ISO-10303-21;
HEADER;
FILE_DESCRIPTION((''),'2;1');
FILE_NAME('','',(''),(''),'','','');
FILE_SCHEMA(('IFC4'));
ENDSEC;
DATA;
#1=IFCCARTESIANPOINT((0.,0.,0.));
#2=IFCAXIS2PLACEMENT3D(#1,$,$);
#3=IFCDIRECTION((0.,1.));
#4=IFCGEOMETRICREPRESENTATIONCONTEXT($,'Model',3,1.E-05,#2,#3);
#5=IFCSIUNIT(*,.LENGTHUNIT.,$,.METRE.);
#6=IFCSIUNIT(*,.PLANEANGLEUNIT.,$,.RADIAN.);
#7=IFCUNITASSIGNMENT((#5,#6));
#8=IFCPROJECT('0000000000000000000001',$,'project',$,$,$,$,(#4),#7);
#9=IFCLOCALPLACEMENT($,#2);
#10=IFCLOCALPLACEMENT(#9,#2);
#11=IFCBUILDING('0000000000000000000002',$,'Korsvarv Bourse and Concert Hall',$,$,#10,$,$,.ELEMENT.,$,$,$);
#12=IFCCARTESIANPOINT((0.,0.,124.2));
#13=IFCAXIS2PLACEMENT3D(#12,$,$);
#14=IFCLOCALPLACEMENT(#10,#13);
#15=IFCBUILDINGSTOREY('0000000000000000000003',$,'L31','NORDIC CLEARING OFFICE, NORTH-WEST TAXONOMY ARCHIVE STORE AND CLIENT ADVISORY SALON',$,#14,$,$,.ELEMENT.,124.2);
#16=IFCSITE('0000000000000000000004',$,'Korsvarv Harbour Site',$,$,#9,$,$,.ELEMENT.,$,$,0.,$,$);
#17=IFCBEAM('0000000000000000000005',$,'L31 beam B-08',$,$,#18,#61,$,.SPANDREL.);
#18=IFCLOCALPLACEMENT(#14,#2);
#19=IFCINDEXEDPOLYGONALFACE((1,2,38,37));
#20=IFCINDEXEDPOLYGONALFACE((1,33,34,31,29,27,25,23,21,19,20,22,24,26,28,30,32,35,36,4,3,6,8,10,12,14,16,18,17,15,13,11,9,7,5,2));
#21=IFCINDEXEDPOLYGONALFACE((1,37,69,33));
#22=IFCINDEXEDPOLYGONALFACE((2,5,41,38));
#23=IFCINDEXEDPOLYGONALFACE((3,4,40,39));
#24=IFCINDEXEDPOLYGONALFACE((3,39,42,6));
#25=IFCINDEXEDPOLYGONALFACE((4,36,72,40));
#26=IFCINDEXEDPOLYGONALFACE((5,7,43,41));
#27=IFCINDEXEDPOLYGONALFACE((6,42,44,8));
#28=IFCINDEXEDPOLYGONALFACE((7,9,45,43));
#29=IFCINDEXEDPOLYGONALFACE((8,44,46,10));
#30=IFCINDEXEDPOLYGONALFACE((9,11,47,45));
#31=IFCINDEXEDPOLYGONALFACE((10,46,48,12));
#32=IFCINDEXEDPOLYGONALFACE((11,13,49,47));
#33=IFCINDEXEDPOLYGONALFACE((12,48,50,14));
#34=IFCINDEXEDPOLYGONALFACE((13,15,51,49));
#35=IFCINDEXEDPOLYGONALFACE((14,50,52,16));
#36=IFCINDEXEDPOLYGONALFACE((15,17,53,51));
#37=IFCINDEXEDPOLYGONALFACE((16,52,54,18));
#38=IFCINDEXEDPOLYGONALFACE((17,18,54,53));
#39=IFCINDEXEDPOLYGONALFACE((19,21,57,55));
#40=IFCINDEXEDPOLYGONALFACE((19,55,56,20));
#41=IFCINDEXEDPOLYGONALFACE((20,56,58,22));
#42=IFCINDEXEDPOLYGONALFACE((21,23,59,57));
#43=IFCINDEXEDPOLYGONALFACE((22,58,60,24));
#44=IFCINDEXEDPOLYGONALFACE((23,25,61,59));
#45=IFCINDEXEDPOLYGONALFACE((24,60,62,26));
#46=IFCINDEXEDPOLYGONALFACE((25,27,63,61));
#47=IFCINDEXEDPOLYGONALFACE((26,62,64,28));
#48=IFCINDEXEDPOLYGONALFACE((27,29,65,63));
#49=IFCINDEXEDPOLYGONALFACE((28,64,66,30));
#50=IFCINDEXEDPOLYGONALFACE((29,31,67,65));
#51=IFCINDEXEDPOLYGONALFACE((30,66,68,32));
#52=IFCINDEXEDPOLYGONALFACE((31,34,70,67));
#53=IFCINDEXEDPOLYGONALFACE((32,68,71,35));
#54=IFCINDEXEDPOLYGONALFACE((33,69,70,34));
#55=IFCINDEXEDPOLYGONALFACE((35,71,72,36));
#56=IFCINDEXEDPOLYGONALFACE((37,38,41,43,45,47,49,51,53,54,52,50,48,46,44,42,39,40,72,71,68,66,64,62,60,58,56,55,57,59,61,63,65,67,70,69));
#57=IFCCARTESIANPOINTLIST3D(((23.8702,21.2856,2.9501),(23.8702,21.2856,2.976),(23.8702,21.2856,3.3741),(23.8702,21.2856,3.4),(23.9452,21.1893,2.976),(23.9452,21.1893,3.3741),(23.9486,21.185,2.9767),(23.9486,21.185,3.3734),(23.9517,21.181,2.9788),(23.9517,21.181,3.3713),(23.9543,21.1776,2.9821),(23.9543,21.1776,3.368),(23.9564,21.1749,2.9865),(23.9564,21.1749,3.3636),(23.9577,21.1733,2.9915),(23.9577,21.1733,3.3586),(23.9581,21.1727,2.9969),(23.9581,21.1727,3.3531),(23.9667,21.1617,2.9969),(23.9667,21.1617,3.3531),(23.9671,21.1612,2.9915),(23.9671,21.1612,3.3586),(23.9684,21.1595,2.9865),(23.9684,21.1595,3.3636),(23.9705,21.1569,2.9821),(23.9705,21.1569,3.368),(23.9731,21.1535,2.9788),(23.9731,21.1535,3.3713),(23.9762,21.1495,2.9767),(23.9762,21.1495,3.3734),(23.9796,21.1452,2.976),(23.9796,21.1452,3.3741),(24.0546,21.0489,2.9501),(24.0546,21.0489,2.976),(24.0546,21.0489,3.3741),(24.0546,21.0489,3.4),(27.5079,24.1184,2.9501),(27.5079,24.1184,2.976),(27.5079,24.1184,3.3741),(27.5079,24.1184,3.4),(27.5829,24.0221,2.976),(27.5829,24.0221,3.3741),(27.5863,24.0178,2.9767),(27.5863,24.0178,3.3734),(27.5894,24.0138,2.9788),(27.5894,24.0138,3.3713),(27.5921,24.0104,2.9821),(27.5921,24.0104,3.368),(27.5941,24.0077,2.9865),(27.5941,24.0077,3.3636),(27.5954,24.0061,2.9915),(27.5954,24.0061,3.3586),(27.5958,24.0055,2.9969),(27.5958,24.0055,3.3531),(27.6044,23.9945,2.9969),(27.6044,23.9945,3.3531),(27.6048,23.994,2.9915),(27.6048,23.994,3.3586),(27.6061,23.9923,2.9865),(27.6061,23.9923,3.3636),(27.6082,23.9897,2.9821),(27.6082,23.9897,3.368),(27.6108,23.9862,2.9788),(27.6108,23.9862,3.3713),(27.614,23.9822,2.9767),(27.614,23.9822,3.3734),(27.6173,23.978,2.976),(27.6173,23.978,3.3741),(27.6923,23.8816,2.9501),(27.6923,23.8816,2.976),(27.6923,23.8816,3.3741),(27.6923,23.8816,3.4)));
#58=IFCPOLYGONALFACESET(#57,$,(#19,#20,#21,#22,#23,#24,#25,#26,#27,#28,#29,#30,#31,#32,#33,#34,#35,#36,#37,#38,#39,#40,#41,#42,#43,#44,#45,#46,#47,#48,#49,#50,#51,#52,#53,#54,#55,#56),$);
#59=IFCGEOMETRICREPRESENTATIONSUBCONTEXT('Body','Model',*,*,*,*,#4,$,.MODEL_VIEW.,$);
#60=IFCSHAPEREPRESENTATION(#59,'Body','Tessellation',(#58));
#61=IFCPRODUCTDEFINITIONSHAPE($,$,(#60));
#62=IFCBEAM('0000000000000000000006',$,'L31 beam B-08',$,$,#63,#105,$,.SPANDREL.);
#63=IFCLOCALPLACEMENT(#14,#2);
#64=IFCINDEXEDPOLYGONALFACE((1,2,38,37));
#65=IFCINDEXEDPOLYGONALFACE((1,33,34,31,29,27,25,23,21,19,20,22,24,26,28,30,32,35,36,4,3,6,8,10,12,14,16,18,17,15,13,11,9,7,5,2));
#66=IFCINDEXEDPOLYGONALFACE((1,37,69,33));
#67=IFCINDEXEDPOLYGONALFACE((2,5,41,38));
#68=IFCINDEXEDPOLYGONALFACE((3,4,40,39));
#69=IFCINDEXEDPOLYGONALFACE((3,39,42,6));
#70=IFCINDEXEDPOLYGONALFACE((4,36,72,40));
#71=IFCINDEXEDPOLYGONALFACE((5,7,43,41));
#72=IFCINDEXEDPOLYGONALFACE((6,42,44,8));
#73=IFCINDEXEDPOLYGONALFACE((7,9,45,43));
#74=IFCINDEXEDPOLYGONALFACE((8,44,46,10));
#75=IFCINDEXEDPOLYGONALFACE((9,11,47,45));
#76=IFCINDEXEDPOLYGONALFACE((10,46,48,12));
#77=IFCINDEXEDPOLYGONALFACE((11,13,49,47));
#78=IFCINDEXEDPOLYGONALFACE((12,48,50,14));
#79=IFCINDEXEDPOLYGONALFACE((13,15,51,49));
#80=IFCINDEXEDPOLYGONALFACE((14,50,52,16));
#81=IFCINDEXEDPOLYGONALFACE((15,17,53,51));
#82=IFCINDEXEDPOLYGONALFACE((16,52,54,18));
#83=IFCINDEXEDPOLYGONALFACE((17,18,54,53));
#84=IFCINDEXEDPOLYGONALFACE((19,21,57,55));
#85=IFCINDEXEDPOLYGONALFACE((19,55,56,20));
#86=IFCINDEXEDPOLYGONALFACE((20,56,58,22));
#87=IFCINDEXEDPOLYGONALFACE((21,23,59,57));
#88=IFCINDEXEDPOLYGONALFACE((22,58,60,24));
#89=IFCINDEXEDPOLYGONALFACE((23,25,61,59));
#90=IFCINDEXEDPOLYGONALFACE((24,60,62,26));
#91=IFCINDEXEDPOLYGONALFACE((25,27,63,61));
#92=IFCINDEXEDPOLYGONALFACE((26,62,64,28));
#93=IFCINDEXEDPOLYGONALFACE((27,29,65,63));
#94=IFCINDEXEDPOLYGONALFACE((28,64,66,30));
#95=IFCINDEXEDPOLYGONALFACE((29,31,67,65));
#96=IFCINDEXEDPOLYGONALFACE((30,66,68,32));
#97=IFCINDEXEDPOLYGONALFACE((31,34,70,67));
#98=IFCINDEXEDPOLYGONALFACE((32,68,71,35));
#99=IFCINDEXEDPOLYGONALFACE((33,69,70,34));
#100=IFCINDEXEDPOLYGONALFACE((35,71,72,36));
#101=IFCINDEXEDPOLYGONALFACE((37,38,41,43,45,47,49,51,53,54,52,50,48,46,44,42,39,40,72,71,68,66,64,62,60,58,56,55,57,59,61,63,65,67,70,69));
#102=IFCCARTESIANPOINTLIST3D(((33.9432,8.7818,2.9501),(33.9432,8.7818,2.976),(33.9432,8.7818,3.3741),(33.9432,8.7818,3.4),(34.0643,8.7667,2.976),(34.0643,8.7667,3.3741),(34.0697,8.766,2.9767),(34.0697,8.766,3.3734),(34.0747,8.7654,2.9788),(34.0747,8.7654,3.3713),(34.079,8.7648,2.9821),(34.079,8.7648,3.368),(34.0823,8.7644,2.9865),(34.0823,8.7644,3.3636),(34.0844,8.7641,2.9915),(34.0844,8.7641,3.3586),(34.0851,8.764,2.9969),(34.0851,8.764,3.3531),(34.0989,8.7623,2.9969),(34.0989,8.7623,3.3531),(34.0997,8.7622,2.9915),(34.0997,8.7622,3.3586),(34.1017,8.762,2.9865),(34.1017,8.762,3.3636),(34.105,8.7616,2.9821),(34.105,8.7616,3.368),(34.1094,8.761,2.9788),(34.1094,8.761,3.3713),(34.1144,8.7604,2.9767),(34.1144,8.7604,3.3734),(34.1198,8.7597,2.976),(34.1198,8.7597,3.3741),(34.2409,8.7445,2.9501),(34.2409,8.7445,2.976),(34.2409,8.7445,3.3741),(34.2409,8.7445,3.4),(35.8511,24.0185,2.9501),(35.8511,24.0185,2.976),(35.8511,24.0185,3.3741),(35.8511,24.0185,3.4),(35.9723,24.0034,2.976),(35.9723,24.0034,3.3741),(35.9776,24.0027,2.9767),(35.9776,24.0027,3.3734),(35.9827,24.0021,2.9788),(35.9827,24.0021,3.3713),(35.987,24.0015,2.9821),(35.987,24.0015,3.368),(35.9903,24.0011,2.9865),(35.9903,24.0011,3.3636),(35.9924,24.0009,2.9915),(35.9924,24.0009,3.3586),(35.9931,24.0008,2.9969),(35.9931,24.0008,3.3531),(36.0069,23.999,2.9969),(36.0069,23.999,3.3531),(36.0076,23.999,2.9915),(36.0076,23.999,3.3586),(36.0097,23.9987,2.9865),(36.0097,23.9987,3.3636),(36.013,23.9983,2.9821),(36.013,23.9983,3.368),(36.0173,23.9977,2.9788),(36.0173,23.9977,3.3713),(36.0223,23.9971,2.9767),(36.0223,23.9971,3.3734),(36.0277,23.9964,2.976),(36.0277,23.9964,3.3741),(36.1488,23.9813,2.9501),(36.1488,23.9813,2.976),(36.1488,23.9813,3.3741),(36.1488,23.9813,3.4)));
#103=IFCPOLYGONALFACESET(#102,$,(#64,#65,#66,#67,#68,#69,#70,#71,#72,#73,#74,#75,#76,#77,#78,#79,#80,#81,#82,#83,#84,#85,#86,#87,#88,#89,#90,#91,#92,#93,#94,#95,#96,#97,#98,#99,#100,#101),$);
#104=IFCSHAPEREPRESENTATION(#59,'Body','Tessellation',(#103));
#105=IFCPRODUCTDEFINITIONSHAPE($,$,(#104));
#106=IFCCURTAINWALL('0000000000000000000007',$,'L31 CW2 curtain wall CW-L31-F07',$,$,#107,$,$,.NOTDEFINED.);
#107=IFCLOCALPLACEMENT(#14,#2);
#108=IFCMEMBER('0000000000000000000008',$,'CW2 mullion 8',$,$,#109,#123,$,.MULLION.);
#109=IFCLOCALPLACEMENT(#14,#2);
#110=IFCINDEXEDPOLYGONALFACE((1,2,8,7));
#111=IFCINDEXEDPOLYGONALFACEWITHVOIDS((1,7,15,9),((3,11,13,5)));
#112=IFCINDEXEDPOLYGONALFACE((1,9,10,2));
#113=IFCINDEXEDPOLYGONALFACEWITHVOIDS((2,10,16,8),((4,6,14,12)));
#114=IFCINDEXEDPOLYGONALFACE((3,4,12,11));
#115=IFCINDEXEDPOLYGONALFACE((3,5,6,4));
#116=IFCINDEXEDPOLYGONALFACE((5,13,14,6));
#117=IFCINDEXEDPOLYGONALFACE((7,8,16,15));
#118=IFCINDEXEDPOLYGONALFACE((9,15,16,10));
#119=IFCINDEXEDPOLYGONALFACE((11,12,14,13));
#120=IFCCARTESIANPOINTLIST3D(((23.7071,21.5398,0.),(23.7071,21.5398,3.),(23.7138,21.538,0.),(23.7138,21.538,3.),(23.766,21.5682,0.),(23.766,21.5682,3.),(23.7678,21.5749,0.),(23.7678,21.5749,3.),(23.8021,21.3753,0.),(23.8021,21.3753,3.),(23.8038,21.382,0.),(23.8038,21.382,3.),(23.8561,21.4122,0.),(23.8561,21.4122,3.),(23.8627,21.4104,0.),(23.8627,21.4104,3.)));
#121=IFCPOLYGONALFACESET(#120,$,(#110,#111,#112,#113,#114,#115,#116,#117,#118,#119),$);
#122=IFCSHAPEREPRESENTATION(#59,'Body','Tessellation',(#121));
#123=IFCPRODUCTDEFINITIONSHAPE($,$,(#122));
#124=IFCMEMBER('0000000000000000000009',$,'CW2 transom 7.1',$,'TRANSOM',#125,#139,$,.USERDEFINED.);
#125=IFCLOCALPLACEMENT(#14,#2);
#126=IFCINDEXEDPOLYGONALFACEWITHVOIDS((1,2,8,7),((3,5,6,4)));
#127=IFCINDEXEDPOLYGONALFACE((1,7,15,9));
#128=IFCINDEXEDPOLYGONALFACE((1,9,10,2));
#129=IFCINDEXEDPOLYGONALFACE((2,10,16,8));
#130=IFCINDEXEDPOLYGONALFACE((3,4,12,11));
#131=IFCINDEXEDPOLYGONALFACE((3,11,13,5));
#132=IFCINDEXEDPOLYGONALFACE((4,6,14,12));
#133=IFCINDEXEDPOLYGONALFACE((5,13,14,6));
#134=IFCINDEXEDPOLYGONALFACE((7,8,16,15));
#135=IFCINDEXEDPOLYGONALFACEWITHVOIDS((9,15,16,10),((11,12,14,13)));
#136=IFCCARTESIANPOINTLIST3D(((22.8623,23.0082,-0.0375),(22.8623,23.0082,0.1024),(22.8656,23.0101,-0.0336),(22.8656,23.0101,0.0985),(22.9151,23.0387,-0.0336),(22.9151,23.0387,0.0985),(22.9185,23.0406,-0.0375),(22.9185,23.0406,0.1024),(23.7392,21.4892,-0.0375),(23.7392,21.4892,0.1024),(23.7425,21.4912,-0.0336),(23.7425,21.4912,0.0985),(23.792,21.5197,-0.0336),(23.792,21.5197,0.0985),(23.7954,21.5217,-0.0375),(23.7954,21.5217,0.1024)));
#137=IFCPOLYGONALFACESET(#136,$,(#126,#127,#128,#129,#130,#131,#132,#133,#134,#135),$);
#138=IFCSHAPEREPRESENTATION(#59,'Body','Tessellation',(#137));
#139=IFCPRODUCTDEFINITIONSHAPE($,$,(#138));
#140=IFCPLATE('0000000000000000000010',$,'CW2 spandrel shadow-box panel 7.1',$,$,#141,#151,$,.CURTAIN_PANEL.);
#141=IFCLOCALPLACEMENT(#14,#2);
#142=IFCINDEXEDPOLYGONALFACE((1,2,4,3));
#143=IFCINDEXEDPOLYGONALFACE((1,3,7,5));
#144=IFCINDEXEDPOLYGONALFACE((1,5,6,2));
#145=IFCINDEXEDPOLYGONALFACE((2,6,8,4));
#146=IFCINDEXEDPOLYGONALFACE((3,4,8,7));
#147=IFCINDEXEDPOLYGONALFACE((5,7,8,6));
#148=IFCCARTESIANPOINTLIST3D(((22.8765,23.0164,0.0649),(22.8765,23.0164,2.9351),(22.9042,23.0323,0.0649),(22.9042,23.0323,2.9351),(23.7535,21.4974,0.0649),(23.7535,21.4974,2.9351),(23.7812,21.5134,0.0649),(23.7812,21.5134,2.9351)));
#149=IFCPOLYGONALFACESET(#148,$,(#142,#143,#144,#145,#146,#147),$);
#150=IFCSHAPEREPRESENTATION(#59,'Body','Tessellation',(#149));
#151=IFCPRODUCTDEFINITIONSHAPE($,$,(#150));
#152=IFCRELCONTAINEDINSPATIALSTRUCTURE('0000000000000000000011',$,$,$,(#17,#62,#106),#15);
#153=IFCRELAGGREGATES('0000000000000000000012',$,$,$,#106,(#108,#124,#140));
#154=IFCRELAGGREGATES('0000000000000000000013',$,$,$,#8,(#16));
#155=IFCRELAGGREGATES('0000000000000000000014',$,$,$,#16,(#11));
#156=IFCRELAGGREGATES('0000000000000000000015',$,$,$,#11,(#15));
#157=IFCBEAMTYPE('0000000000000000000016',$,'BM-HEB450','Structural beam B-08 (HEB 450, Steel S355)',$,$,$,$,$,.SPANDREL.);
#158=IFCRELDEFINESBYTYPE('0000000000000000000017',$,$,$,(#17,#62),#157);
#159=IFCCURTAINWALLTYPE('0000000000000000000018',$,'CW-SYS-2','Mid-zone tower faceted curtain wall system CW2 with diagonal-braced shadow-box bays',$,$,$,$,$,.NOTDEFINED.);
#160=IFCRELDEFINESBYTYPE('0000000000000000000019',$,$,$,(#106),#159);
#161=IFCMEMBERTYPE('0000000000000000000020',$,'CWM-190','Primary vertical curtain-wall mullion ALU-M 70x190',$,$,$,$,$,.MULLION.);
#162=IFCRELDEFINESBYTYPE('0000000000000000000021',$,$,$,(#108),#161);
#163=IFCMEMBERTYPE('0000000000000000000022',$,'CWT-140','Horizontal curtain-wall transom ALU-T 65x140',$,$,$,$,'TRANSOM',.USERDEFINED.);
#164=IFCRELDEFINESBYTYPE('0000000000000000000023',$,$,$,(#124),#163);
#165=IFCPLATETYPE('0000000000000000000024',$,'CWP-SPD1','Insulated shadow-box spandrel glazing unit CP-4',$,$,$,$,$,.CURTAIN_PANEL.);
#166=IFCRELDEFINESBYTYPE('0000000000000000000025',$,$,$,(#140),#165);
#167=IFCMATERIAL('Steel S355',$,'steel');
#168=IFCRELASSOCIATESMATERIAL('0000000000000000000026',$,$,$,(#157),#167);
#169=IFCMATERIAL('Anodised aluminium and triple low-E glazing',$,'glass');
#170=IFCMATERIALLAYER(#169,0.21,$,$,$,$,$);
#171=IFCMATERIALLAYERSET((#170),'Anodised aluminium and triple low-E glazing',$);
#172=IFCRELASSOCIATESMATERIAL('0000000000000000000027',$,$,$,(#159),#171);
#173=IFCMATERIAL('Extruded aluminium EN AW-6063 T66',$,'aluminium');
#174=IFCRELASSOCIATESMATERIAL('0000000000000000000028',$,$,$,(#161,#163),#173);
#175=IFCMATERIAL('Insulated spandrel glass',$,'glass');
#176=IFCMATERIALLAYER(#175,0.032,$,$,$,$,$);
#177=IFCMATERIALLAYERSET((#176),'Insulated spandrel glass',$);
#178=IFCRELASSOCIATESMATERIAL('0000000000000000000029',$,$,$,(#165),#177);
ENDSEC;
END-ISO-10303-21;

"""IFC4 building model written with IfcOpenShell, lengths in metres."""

from ifc_helpers import new_model, si_unit, direction, frame, origin, origin_2d, place, context, subcontext, project, spatial, rectangle, hollow_rectangle, i_section, extrude, source, transform, mapped, material, layer, layer_set, material_profile, profile_set, type_object, element, aggregate, save


model = new_model("IFC4")

# Units and contexts
model_context = context("Model", 3, precision=1e-05, world=origin(), true_north=direction((0.0, 1.0)))
body_context = subcontext(model_context, "Body", "Model", "MODEL_VIEW")
ifc_project = project(units=[si_unit("LENGTHUNIT", "METRE"), si_unit("PLANEANGLEUNIT", "RADIAN")], contexts=[model_context])

# Site, building, storey
site_placement = place(None, origin())
site = spatial("IfcSite", under=ifc_project, at=site_placement, Name="Korsvarv Harbour Site", CompositionType="ELEMENT", RefElevation=0.0)
building_placement = place(site_placement, origin())
building = spatial("IfcBuilding", under=site, at=building_placement, Name="Korsvarv Bourse and Concert Hall", CompositionType="ELEMENT")
storey_placement = place(building_placement, frame((0.0, 0.0, 124.2)))
storey = spatial("IfcBuildingStorey", under=building, at=storey_placement, Name="L31", Description="NORDIC CLEARING OFFICE, NORTH-WEST TAXONOMY ARCHIVE STORE AND CLIENT ADVISORY SALON", CompositionType="ELEMENT", Elevation=124.2)

# Beams
ifc_material_1 = material(Name="Steel S355", Category="steel")
ifc_material_profile_1 = material_profile(ifc_material_1, i_section(OverallWidth=0.3, OverallDepth=0.45, WebThickness=0.0139, FlangeThickness=0.0259, FilletRadius=0.021, at=origin_2d()), Name="HEB 450")
ifc_profile_set_1 = profile_set([ifc_material_profile_1], Name="Steel S355")
beam_type_1 = type_object("IfcBeamType", Name="BM-HEB450", Description="Structural beam B-08 (HEB 450, Steel S355)", PredefinedType="SPANDREL", material=ifc_profile_set_1)
shared_shape_1 = source(origin(), body_context, "Body", "SweptSolid", [
    extrude(i_section(OverallWidth=0.3, OverallDepth=0.45, WebThickness=0.0139, FlangeThickness=0.0259, FilletRadius=0.021, at=origin_2d()), origin(), (0.0, 0.0, 1.0), 4.6106),
])
beam_1_placement = place(storey_placement, frame((23.9624, 21.1672, 3.175), z_axis=(0.78899, 0.614406, 0.0), x_axis=(-0.614406, 0.78899, 0.0)))
element("IfcBeam", 1, at=beam_1_placement, inside=storey, type_object=beam_type_1, Name="L31 beam B-08", PredefinedType="SPANDREL", context=body_context, shape_type="MappedRepresentation", body=[
    mapped(shared_shape_1, transform((0.0, 0.0, 0.0), scale=1.0)),
])
shared_shape_2 = source(origin(), body_context, "Body", "SweptSolid", [
    extrude(i_section(OverallWidth=0.3, OverallDepth=0.45, WebThickness=0.0139, FlangeThickness=0.0259, FilletRadius=0.021, at=origin_2d()), origin(), (0.0, 0.0, 1.0), 15.3557),
])
beam_2_placement = place(storey_placement, frame((34.092, 8.7632, 3.175), z_axis=(0.12425, 0.992251, 0.0), x_axis=(-0.992251, 0.12425, 0.0)))
element("IfcBeam", 2, at=beam_2_placement, inside=storey, type_object=beam_type_1, Name="L31 beam B-08", PredefinedType="SPANDREL", context=body_context, shape_type="MappedRepresentation", body=[
    mapped(shared_shape_2, transform((0.0, 0.0, 0.0), scale=1.0)),
])

# Curtain wall, members, plate
ifc_material_2 = material(Name="Anodised aluminium and triple low-E glazing", Category="glass")
ifc_layer_1 = layer(ifc_material_2, 0.21)
ifc_layer_set_1 = layer_set([ifc_layer_1], Name="Anodised aluminium and triple low-E glazing")
curtain_wall_type = type_object("IfcCurtainWallType", Name="CW-SYS-2", Description="Mid-zone tower faceted curtain wall system CW2 with diagonal-braced shadow-box bays", PredefinedType="NOTDEFINED", material=ifc_layer_set_1)
curtain_wall_placement = place(storey_placement, origin())
curtain_wall = element("IfcCurtainWall", 3, at=curtain_wall_placement, inside=storey, type_object=curtain_wall_type, Name="L31 CW2 curtain wall CW-L31-F07", PredefinedType="NOTDEFINED")
ifc_material_3 = material(Name="Extruded aluminium EN AW-6063 T66", Category="aluminium")
ifc_material_profile_2 = material_profile(ifc_material_3, hollow_rectangle(XDim=0.0701, YDim=0.1899, WallThickness=0.0049, at=origin_2d()), Name="ALU-M 70x190")
ifc_profile_set_2 = profile_set([ifc_material_profile_2], Name="Extruded aluminium EN AW-6063 T66")
member_type_1 = type_object("IfcMemberType", Name="CWM-190", Description="Primary vertical curtain-wall mullion ALU-M 70x190", PredefinedType="MULLION", material=ifc_profile_set_2)
shared_shape_3 = source(origin(), body_context, "Body", "SweptSolid", [
    extrude(hollow_rectangle(XDim=0.0701, YDim=0.1899, WallThickness=0.0049, at=origin_2d()), origin(), (0.0, 0.0, 1.0), 3.0),
])
member_1_placement = place(storey_placement, frame((23.7849, 21.4751, 0.0), z_axis=(0.0, 0.0, 1.0), x_axis=(0.866021, 0.500007, 0.0)))
member_1 = element("IfcMember", 4, at=member_1_placement, type_object=member_type_1, Name="CW2 mullion 8", PredefinedType="MULLION", context=body_context, shape_type="MappedRepresentation", body=[
    mapped(shared_shape_3, transform((0.0, 0.0, 0.0), scale=1.0)),
])
ifc_material_profile_3 = material_profile(ifc_material_3, hollow_rectangle(XDim=0.0649, YDim=0.1399, WallThickness=0.0039, at=origin_2d()), Name="ALU-T 65x140")
ifc_profile_set_3 = profile_set([ifc_material_profile_3], Name="Extruded aluminium EN AW-6063 T66")
member_type_2 = type_object("IfcMemberType", Name="CWT-140", Description="Horizontal curtain-wall transom ALU-T 65x140", ElementType="TRANSOM", PredefinedType="USERDEFINED", material=ifc_profile_set_3)
shared_shape_4 = source(origin(), body_context, "Body", "SweptSolid", [
    extrude(hollow_rectangle(XDim=0.0649, YDim=0.1399, WallThickness=0.0039, at=origin_2d()), origin(), (0.0, 0.0, 1.0), 1.7539),
])
member_2_placement = place(storey_placement, frame((22.8904, 23.0244, 0.0325), z_axis=(0.499971, -0.866042, 0.0), x_axis=(0.866042, 0.499971, 0.0)))
member_2 = element("IfcMember", 5, at=member_2_placement, type_object=member_type_2, Name="CW2 transom 7.1", ObjectType="TRANSOM", PredefinedType="USERDEFINED", context=body_context, shape_type="MappedRepresentation", body=[
    mapped(shared_shape_4, transform((0.0, 0.0, 0.0), scale=1.0)),
])
ifc_material_4 = material(Name="Insulated spandrel glass", Category="glass")
ifc_layer_2 = layer(ifc_material_4, 0.032)
ifc_layer_set_2 = layer_set([ifc_layer_2], Name="Insulated spandrel glass")
plate_type = type_object("IfcPlateType", Name="CWP-SPD1", Description="Insulated shadow-box spandrel glazing unit CP-4", PredefinedType="CURTAIN_PANEL", material=ifc_layer_set_2)
shared_shape_5 = source(origin(), body_context, "Body", "SweptSolid", [
    extrude(rectangle(XDim=1.7539, YDim=0.032, at=origin_2d()), origin(), (0.0, 0.0, 1.0), 2.8701),
])
plate_placement = place(storey_placement, frame((23.3289, 22.2649, 0.0649), z_axis=(0.0, 0.0, 1.0), x_axis=(0.500007, -0.866021, 0.0)))
plate = element("IfcPlate", 6, at=plate_placement, type_object=plate_type, Name="CW2 spandrel shadow-box panel 7.1", PredefinedType="CURTAIN_PANEL", context=body_context, shape_type="MappedRepresentation", body=[
    mapped(shared_shape_5, transform((0.0, 0.0, 0.0), scale=1.0)),
])
aggregate(curtain_wall, [member_1, member_2, plate])

save(model, "model.ifc")
